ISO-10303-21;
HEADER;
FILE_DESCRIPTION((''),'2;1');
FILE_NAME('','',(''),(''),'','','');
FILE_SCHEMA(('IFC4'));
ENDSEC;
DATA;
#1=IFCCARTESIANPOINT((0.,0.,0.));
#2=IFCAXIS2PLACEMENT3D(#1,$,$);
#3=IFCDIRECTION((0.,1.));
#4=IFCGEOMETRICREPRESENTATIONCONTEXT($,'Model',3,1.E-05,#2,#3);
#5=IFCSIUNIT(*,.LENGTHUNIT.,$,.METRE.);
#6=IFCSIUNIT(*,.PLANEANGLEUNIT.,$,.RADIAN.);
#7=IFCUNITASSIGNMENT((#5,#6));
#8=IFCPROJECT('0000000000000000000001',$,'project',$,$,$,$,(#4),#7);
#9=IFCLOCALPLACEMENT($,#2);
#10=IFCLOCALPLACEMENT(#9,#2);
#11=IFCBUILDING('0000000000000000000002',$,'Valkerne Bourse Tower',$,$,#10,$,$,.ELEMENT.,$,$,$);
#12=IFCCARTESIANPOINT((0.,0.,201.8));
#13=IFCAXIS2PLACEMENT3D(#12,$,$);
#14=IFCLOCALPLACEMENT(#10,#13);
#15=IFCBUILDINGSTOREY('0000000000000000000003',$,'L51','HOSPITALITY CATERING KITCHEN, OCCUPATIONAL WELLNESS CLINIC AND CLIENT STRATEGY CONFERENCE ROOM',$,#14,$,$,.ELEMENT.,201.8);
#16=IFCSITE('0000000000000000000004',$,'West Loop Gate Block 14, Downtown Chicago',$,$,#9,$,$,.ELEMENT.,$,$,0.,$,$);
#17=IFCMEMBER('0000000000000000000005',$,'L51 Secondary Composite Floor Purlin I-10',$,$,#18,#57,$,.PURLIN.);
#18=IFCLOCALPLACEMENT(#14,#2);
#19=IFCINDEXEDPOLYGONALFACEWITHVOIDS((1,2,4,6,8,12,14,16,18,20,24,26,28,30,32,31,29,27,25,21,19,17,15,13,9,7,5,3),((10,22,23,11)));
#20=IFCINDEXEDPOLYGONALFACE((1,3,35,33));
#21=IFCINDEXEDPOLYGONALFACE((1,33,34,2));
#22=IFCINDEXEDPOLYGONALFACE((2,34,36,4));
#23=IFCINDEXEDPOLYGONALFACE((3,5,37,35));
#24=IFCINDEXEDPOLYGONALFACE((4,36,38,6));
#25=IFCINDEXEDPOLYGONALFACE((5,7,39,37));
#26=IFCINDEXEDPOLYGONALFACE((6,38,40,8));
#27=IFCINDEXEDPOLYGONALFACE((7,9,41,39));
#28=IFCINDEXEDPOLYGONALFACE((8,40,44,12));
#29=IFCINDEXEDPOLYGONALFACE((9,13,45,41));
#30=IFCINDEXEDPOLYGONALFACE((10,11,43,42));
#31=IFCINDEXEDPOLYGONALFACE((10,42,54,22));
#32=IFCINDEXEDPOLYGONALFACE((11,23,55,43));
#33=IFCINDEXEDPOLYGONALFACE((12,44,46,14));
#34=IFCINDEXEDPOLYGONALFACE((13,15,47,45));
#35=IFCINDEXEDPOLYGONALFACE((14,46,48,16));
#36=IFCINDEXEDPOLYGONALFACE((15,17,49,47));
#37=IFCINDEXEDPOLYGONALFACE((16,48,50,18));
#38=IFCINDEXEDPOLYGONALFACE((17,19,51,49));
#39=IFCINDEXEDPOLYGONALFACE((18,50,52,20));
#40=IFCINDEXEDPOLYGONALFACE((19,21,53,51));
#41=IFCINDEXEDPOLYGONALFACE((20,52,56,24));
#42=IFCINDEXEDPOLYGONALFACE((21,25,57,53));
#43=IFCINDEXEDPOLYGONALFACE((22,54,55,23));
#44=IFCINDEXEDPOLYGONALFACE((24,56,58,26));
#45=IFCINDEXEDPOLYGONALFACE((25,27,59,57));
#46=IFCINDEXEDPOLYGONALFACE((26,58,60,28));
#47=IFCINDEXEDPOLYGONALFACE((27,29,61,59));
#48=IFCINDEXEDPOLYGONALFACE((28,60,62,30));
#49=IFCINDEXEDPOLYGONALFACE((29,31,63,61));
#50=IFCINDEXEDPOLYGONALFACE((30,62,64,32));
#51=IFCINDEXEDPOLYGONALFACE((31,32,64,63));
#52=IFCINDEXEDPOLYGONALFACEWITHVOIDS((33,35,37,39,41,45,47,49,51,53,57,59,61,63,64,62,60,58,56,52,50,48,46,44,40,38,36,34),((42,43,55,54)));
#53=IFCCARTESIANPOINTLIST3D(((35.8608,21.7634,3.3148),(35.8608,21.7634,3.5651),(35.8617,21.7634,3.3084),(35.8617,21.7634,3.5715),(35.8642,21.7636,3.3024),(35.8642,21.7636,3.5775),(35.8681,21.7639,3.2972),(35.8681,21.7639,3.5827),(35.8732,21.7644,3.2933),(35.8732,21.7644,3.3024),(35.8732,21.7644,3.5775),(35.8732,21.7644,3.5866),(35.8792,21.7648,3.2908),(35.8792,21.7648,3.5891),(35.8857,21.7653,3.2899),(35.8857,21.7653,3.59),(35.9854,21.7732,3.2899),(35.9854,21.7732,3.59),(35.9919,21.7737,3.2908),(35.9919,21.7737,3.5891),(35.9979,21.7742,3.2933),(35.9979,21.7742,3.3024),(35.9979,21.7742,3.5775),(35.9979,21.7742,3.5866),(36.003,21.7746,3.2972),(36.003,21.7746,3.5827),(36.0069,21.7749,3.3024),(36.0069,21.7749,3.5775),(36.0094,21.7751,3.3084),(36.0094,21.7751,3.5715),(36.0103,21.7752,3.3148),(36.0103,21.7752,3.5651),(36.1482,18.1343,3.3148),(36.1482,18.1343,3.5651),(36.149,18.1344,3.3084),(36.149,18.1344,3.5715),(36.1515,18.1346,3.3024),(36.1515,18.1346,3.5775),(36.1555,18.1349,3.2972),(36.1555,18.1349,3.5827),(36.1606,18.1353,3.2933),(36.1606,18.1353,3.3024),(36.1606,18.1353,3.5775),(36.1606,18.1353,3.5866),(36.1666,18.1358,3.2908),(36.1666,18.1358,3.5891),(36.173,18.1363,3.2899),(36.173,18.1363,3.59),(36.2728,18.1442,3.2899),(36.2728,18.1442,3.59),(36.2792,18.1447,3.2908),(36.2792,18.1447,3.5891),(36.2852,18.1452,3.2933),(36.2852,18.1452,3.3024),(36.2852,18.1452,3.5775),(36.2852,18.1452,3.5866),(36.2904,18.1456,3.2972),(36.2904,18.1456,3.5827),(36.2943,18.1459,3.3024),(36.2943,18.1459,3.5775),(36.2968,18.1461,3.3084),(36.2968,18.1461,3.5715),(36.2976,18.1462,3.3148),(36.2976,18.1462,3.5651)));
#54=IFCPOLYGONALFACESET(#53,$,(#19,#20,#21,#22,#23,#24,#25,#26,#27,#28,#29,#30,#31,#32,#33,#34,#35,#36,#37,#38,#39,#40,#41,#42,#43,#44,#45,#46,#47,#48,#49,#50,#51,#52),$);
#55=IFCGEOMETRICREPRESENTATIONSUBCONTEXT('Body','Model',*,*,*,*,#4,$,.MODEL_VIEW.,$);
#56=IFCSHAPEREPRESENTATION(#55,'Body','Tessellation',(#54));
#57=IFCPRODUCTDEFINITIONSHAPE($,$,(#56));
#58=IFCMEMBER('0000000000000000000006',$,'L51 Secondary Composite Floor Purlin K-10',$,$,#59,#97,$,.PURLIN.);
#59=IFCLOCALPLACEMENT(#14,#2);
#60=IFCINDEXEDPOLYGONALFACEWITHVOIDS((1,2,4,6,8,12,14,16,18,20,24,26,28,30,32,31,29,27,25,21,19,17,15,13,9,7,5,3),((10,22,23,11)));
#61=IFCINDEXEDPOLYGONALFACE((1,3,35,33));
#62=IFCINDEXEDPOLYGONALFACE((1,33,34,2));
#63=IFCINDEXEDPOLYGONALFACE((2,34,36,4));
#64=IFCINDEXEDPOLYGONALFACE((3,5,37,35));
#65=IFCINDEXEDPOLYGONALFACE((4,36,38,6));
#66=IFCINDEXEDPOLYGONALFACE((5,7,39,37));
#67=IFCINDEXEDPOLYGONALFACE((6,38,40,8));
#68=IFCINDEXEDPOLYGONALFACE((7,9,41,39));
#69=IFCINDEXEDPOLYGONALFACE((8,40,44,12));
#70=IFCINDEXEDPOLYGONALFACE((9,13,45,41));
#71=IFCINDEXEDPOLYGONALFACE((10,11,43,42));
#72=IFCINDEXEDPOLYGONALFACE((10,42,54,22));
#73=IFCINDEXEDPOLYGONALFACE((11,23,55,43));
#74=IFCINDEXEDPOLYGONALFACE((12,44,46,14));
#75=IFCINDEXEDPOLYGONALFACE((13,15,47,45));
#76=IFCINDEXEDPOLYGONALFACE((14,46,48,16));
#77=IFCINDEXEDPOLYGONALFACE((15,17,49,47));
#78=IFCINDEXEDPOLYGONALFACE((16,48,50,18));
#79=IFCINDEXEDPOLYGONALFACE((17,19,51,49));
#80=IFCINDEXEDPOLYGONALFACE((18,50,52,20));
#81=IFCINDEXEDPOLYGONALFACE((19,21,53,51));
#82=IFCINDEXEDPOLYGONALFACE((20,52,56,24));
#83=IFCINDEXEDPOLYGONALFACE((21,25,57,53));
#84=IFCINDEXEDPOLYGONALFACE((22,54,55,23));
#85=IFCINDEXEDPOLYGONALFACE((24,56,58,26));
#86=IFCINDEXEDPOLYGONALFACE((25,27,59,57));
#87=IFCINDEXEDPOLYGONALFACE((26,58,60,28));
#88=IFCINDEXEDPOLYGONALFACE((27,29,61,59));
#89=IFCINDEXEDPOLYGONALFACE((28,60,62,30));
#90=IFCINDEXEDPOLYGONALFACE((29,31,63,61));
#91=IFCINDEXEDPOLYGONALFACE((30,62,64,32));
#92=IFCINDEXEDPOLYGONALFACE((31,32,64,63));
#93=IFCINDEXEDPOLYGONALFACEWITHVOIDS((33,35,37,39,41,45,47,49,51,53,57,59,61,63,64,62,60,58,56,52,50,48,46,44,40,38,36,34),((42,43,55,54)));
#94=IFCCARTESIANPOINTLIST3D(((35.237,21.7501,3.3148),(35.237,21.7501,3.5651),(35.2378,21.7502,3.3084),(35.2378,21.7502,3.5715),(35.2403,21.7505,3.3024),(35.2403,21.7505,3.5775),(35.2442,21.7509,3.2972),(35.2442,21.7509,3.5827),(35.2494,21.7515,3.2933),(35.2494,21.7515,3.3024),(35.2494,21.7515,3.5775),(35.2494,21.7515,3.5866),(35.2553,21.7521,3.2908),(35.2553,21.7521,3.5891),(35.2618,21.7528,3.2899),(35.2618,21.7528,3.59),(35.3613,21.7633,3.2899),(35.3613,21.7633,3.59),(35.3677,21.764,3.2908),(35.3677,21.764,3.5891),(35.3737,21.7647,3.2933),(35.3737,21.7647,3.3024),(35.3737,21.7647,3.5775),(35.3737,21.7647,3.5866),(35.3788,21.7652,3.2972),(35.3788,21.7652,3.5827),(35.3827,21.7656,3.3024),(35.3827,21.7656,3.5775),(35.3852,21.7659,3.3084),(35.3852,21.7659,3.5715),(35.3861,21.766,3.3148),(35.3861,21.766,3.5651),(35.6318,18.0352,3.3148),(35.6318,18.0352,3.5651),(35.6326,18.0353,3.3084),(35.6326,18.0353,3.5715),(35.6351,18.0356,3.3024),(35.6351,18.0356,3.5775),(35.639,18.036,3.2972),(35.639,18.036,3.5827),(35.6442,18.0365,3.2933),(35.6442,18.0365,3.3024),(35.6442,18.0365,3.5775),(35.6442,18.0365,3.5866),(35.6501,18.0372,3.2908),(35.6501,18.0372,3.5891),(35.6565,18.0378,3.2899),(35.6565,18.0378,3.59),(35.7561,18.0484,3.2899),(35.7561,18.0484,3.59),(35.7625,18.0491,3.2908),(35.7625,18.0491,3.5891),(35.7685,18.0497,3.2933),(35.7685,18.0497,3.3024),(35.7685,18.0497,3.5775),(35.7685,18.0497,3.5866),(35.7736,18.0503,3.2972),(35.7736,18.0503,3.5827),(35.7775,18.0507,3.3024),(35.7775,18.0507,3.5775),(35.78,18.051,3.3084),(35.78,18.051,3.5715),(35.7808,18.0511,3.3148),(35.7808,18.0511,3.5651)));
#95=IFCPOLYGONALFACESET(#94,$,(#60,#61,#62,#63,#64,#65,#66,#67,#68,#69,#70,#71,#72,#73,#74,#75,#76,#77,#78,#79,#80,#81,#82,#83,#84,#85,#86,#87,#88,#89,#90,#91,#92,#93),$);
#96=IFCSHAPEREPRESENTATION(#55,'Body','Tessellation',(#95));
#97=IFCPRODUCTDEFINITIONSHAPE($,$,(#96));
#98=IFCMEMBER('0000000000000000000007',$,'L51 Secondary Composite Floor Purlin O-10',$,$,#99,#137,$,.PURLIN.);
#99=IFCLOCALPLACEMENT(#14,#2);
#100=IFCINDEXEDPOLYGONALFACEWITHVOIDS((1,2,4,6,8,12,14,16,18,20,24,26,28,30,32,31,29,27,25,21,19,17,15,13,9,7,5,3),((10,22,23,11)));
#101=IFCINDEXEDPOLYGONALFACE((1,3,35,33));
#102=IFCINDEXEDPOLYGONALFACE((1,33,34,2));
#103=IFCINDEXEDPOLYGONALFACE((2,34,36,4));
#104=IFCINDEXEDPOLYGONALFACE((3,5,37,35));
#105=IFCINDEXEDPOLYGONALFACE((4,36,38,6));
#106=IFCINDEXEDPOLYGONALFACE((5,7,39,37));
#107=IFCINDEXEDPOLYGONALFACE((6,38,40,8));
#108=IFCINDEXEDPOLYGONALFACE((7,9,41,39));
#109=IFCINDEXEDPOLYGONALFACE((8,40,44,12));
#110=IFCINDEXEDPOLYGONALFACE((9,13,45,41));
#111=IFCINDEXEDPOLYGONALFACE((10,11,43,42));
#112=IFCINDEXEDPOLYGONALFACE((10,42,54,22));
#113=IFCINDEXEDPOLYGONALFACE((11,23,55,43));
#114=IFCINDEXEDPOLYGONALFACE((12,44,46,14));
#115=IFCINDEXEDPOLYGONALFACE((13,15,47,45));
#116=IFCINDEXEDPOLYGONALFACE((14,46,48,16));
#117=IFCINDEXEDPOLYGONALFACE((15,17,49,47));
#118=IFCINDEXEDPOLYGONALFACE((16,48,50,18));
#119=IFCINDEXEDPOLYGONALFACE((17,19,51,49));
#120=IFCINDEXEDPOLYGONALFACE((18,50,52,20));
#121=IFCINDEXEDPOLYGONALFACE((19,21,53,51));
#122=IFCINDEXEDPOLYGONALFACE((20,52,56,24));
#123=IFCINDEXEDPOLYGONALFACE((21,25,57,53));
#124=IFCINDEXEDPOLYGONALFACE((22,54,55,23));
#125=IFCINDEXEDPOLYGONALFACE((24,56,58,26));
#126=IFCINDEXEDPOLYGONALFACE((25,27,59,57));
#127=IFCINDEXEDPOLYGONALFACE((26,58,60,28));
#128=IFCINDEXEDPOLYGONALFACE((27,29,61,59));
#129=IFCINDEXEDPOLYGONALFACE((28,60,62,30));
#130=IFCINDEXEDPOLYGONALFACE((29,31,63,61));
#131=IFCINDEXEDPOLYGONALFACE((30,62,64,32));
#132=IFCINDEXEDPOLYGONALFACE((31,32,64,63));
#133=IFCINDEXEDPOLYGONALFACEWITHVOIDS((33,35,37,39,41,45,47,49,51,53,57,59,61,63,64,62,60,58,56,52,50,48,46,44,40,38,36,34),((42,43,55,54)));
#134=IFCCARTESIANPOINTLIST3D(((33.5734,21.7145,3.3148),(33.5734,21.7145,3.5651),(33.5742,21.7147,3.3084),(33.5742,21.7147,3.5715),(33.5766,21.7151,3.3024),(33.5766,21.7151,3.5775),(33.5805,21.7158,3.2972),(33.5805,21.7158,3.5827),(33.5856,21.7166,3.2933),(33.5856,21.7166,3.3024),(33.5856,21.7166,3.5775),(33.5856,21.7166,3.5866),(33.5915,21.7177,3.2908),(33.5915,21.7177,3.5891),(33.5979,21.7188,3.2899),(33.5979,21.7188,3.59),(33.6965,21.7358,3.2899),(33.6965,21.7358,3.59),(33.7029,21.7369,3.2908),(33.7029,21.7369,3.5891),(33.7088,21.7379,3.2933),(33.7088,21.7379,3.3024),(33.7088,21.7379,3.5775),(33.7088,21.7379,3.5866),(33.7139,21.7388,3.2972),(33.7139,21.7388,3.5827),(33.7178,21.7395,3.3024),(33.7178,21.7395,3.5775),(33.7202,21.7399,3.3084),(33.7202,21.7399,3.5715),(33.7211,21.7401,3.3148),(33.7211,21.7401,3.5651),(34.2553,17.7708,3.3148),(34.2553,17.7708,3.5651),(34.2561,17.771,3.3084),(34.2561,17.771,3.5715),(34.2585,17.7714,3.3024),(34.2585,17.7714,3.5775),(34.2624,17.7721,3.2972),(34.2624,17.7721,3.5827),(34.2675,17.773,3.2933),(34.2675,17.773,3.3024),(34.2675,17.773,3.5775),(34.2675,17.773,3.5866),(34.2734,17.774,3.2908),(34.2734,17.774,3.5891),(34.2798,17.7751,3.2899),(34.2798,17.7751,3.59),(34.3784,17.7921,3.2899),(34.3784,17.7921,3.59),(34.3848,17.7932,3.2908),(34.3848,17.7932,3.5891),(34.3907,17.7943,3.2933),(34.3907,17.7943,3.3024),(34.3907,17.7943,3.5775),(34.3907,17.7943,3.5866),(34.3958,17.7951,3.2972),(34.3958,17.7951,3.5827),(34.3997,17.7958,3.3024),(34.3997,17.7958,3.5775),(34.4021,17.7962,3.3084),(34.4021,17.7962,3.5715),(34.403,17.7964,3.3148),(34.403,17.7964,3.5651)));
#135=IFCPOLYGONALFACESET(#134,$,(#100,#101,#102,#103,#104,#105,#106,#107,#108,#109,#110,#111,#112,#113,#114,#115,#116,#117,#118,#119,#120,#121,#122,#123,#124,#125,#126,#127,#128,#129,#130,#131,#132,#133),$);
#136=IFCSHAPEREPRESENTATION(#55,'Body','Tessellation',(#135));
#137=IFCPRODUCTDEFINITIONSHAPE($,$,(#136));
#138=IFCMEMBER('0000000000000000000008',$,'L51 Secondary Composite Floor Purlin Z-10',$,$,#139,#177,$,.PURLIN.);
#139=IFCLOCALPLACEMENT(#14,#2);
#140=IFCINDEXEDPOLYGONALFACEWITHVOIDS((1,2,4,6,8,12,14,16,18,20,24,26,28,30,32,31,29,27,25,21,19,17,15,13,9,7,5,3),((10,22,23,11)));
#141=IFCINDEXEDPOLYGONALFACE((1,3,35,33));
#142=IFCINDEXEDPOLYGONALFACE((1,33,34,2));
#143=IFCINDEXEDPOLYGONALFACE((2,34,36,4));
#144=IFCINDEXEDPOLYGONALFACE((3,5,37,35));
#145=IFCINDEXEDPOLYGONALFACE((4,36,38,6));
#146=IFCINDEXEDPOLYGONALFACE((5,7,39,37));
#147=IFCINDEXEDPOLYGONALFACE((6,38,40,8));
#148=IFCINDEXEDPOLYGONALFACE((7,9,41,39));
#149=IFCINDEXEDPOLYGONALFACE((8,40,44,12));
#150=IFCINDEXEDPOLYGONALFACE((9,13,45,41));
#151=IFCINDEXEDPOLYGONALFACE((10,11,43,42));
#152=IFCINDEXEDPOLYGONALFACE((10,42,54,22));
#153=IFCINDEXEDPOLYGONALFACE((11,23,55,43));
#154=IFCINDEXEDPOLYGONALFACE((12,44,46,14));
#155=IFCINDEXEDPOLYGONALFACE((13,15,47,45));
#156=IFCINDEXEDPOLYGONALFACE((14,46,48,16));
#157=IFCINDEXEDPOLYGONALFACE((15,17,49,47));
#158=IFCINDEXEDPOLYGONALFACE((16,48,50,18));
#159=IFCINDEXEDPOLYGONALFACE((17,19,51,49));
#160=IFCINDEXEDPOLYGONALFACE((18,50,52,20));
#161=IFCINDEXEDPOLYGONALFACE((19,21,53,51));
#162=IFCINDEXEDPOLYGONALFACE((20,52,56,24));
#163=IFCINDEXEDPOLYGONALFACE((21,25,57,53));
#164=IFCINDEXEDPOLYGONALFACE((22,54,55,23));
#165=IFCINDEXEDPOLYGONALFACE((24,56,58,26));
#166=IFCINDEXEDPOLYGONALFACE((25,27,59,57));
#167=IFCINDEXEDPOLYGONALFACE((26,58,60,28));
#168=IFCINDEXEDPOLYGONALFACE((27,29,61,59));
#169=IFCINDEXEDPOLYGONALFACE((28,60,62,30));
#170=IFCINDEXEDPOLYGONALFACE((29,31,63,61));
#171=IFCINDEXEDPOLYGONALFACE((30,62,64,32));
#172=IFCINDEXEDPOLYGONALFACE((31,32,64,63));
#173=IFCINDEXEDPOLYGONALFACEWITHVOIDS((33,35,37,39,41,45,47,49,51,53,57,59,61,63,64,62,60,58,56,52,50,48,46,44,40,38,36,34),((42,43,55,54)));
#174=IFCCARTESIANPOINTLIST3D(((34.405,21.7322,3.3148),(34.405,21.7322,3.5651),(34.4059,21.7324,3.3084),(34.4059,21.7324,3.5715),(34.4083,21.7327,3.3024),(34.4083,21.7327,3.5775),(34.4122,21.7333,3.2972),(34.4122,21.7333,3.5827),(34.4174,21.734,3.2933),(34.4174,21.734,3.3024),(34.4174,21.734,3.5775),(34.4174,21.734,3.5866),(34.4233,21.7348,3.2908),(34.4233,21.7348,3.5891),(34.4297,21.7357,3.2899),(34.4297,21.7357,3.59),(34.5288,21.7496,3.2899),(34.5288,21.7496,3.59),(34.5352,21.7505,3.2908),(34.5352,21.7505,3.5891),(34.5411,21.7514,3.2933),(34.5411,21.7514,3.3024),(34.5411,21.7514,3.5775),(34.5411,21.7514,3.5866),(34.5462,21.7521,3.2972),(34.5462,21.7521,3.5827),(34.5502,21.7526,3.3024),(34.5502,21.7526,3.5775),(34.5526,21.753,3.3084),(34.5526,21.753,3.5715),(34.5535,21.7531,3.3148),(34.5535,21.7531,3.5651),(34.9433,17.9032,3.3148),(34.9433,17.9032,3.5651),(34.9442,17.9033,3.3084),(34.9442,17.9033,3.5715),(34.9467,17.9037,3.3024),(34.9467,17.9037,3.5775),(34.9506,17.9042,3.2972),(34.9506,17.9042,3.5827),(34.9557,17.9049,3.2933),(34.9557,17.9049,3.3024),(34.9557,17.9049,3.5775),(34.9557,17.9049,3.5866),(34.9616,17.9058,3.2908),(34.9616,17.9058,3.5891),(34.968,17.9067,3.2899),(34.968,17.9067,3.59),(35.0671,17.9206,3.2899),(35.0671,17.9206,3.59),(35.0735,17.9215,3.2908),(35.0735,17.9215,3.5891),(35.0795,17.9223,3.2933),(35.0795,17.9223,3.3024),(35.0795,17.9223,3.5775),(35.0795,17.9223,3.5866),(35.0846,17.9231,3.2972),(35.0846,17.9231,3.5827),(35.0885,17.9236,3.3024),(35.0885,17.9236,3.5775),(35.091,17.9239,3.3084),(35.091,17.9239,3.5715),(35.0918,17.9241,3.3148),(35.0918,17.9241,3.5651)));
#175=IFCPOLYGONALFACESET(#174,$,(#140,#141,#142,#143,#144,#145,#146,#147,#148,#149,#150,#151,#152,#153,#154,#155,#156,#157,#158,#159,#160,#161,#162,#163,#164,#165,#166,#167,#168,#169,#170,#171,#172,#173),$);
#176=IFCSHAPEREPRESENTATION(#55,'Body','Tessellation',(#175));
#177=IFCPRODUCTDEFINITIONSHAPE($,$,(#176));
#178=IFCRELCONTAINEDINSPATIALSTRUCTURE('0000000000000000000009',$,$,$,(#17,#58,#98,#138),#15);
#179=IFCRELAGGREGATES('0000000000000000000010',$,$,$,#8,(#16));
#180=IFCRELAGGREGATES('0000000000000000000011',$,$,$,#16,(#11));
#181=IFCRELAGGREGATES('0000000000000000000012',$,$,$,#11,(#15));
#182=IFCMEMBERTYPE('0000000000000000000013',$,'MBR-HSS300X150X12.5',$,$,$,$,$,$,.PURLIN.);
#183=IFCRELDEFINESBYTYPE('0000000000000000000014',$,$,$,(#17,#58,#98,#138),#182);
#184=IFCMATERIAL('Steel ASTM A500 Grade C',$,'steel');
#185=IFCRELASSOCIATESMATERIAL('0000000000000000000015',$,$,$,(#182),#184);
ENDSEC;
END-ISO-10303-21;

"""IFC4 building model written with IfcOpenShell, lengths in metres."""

from ifc_helpers import new_model, si_unit, direction, frame, origin, origin_2d, place, context, subcontext, project, spatial, hollow_rectangle, extrude, material, material_profile, profile_set, type_object, element, save


model = new_model("IFC4")

# Units and contexts
model_context = context("Model", 3, precision=1e-05, world=origin(), true_north=direction((0.0, 1.0)))
body_context = subcontext(model_context, "Body", "Model", "MODEL_VIEW")
ifc_project = project(units=[si_unit("LENGTHUNIT", "METRE"), si_unit("PLANEANGLEUNIT", "RADIAN")], contexts=[model_context])

# Site, building, storey
site_placement = place(None, origin())
site = spatial("IfcSite", under=ifc_project, at=site_placement, Name="West Loop Gate Block 14, Downtown Chicago", CompositionType="ELEMENT", RefElevation=0.0)
building_placement = place(site_placement, origin())
building = spatial("IfcBuilding", under=site, at=building_placement, Name="Valkerne Bourse Tower", CompositionType="ELEMENT")
storey_placement = place(building_placement, frame((0.0, 0.0, 201.8)))
storey = spatial("IfcBuildingStorey", under=building, at=storey_placement, Name="L51", Description="HOSPITALITY CATERING KITCHEN, OCCUPATIONAL WELLNESS CLINIC AND CLIENT STRATEGY CONFERENCE ROOM", CompositionType="ELEMENT", Elevation=201.8)

# Members
ifc_material_1 = material(Name="Steel ASTM A500 Grade C", Category="steel")
ifc_material_profile_1 = material_profile(ifc_material_1, hollow_rectangle(XDim=0.1499, YDim=0.3, WallThickness=0.0125, OuterFilletRadius=0.0249, at=origin_2d()), Name="HSS300X150X12.5")
ifc_profile_set_1 = profile_set([ifc_material_profile_1], Name="Steel ASTM A500 Grade C")
member_type_1 = type_object("IfcMemberType", Name="MBR-HSS300X150X12.5", PredefinedType="PURLIN", material=ifc_profile_set_1)
member_1_placement = place(storey_placement, frame((35.9355, 21.7693, 3.4399), z_axis=(0.078938, -0.99688, 0.0), x_axis=(0.99688, 0.078938, 0.0)))
element("IfcMember", 1, at=member_1_placement, inside=storey, type_object=member_type_1, Name="L51 Secondary Composite Floor Purlin I-10", PredefinedType="PURLIN", context=body_context, shape_type="SweptSolid", body=[
    extrude(hollow_rectangle(XDim=0.1499, YDim=0.3, WallThickness=0.0125, OuterFilletRadius=0.0249, at=origin_2d()), origin(), (0.0, 0.0, 1.0), 3.6404),
])
member_2_placement = place(storey_placement, frame((35.3115, 21.7581, 3.4399), z_axis=(0.105675, -0.994401, 0.0), x_axis=(0.994401, 0.105675, 0.0)))
element("IfcMember", 2, at=member_2_placement, inside=storey, type_object=member_type_1, Name="L51 Secondary Composite Floor Purlin K-10", PredefinedType="PURLIN", context=body_context, shape_type="SweptSolid", body=[
    extrude(hollow_rectangle(XDim=0.1499, YDim=0.3, WallThickness=0.0125, OuterFilletRadius=0.0249, at=origin_2d()), origin(), (0.0, 0.0, 1.0), 3.7358),
])
member_3_placement = place(storey_placement, frame((33.6472, 21.7273, 3.4399), z_axis=(0.170381, -0.985378, 0.0), x_axis=(0.985378, 0.170381, 0.0)))
element("IfcMember", 3, at=member_3_placement, inside=storey, type_object=member_type_1, Name="L51 Secondary Composite Floor Purlin O-10", PredefinedType="PURLIN", context=body_context, shape_type="SweptSolid", body=[
    extrude(hollow_rectangle(XDim=0.1499, YDim=0.3, WallThickness=0.0125, OuterFilletRadius=0.0249, at=origin_2d()), origin(), (0.0, 0.0, 1.0), 4.0022),
])
member_4_placement = place(storey_placement, frame((34.4792, 21.7427, 3.4399), z_axis=(0.13922, -0.990261, 0.0), x_axis=(0.990261, 0.13922, 0.0)))
element("IfcMember", 4, at=member_4_placement, inside=storey, type_object=member_type_1, Name="L51 Secondary Composite Floor Purlin Z-10", PredefinedType="PURLIN", context=body_context, shape_type="SweptSolid", body=[
    extrude(hollow_rectangle(XDim=0.1499, YDim=0.3, WallThickness=0.0125, OuterFilletRadius=0.0249, at=origin_2d()), origin(), (0.0, 0.0, 1.0), 3.8667),
])

save(model, "model.ifc")
